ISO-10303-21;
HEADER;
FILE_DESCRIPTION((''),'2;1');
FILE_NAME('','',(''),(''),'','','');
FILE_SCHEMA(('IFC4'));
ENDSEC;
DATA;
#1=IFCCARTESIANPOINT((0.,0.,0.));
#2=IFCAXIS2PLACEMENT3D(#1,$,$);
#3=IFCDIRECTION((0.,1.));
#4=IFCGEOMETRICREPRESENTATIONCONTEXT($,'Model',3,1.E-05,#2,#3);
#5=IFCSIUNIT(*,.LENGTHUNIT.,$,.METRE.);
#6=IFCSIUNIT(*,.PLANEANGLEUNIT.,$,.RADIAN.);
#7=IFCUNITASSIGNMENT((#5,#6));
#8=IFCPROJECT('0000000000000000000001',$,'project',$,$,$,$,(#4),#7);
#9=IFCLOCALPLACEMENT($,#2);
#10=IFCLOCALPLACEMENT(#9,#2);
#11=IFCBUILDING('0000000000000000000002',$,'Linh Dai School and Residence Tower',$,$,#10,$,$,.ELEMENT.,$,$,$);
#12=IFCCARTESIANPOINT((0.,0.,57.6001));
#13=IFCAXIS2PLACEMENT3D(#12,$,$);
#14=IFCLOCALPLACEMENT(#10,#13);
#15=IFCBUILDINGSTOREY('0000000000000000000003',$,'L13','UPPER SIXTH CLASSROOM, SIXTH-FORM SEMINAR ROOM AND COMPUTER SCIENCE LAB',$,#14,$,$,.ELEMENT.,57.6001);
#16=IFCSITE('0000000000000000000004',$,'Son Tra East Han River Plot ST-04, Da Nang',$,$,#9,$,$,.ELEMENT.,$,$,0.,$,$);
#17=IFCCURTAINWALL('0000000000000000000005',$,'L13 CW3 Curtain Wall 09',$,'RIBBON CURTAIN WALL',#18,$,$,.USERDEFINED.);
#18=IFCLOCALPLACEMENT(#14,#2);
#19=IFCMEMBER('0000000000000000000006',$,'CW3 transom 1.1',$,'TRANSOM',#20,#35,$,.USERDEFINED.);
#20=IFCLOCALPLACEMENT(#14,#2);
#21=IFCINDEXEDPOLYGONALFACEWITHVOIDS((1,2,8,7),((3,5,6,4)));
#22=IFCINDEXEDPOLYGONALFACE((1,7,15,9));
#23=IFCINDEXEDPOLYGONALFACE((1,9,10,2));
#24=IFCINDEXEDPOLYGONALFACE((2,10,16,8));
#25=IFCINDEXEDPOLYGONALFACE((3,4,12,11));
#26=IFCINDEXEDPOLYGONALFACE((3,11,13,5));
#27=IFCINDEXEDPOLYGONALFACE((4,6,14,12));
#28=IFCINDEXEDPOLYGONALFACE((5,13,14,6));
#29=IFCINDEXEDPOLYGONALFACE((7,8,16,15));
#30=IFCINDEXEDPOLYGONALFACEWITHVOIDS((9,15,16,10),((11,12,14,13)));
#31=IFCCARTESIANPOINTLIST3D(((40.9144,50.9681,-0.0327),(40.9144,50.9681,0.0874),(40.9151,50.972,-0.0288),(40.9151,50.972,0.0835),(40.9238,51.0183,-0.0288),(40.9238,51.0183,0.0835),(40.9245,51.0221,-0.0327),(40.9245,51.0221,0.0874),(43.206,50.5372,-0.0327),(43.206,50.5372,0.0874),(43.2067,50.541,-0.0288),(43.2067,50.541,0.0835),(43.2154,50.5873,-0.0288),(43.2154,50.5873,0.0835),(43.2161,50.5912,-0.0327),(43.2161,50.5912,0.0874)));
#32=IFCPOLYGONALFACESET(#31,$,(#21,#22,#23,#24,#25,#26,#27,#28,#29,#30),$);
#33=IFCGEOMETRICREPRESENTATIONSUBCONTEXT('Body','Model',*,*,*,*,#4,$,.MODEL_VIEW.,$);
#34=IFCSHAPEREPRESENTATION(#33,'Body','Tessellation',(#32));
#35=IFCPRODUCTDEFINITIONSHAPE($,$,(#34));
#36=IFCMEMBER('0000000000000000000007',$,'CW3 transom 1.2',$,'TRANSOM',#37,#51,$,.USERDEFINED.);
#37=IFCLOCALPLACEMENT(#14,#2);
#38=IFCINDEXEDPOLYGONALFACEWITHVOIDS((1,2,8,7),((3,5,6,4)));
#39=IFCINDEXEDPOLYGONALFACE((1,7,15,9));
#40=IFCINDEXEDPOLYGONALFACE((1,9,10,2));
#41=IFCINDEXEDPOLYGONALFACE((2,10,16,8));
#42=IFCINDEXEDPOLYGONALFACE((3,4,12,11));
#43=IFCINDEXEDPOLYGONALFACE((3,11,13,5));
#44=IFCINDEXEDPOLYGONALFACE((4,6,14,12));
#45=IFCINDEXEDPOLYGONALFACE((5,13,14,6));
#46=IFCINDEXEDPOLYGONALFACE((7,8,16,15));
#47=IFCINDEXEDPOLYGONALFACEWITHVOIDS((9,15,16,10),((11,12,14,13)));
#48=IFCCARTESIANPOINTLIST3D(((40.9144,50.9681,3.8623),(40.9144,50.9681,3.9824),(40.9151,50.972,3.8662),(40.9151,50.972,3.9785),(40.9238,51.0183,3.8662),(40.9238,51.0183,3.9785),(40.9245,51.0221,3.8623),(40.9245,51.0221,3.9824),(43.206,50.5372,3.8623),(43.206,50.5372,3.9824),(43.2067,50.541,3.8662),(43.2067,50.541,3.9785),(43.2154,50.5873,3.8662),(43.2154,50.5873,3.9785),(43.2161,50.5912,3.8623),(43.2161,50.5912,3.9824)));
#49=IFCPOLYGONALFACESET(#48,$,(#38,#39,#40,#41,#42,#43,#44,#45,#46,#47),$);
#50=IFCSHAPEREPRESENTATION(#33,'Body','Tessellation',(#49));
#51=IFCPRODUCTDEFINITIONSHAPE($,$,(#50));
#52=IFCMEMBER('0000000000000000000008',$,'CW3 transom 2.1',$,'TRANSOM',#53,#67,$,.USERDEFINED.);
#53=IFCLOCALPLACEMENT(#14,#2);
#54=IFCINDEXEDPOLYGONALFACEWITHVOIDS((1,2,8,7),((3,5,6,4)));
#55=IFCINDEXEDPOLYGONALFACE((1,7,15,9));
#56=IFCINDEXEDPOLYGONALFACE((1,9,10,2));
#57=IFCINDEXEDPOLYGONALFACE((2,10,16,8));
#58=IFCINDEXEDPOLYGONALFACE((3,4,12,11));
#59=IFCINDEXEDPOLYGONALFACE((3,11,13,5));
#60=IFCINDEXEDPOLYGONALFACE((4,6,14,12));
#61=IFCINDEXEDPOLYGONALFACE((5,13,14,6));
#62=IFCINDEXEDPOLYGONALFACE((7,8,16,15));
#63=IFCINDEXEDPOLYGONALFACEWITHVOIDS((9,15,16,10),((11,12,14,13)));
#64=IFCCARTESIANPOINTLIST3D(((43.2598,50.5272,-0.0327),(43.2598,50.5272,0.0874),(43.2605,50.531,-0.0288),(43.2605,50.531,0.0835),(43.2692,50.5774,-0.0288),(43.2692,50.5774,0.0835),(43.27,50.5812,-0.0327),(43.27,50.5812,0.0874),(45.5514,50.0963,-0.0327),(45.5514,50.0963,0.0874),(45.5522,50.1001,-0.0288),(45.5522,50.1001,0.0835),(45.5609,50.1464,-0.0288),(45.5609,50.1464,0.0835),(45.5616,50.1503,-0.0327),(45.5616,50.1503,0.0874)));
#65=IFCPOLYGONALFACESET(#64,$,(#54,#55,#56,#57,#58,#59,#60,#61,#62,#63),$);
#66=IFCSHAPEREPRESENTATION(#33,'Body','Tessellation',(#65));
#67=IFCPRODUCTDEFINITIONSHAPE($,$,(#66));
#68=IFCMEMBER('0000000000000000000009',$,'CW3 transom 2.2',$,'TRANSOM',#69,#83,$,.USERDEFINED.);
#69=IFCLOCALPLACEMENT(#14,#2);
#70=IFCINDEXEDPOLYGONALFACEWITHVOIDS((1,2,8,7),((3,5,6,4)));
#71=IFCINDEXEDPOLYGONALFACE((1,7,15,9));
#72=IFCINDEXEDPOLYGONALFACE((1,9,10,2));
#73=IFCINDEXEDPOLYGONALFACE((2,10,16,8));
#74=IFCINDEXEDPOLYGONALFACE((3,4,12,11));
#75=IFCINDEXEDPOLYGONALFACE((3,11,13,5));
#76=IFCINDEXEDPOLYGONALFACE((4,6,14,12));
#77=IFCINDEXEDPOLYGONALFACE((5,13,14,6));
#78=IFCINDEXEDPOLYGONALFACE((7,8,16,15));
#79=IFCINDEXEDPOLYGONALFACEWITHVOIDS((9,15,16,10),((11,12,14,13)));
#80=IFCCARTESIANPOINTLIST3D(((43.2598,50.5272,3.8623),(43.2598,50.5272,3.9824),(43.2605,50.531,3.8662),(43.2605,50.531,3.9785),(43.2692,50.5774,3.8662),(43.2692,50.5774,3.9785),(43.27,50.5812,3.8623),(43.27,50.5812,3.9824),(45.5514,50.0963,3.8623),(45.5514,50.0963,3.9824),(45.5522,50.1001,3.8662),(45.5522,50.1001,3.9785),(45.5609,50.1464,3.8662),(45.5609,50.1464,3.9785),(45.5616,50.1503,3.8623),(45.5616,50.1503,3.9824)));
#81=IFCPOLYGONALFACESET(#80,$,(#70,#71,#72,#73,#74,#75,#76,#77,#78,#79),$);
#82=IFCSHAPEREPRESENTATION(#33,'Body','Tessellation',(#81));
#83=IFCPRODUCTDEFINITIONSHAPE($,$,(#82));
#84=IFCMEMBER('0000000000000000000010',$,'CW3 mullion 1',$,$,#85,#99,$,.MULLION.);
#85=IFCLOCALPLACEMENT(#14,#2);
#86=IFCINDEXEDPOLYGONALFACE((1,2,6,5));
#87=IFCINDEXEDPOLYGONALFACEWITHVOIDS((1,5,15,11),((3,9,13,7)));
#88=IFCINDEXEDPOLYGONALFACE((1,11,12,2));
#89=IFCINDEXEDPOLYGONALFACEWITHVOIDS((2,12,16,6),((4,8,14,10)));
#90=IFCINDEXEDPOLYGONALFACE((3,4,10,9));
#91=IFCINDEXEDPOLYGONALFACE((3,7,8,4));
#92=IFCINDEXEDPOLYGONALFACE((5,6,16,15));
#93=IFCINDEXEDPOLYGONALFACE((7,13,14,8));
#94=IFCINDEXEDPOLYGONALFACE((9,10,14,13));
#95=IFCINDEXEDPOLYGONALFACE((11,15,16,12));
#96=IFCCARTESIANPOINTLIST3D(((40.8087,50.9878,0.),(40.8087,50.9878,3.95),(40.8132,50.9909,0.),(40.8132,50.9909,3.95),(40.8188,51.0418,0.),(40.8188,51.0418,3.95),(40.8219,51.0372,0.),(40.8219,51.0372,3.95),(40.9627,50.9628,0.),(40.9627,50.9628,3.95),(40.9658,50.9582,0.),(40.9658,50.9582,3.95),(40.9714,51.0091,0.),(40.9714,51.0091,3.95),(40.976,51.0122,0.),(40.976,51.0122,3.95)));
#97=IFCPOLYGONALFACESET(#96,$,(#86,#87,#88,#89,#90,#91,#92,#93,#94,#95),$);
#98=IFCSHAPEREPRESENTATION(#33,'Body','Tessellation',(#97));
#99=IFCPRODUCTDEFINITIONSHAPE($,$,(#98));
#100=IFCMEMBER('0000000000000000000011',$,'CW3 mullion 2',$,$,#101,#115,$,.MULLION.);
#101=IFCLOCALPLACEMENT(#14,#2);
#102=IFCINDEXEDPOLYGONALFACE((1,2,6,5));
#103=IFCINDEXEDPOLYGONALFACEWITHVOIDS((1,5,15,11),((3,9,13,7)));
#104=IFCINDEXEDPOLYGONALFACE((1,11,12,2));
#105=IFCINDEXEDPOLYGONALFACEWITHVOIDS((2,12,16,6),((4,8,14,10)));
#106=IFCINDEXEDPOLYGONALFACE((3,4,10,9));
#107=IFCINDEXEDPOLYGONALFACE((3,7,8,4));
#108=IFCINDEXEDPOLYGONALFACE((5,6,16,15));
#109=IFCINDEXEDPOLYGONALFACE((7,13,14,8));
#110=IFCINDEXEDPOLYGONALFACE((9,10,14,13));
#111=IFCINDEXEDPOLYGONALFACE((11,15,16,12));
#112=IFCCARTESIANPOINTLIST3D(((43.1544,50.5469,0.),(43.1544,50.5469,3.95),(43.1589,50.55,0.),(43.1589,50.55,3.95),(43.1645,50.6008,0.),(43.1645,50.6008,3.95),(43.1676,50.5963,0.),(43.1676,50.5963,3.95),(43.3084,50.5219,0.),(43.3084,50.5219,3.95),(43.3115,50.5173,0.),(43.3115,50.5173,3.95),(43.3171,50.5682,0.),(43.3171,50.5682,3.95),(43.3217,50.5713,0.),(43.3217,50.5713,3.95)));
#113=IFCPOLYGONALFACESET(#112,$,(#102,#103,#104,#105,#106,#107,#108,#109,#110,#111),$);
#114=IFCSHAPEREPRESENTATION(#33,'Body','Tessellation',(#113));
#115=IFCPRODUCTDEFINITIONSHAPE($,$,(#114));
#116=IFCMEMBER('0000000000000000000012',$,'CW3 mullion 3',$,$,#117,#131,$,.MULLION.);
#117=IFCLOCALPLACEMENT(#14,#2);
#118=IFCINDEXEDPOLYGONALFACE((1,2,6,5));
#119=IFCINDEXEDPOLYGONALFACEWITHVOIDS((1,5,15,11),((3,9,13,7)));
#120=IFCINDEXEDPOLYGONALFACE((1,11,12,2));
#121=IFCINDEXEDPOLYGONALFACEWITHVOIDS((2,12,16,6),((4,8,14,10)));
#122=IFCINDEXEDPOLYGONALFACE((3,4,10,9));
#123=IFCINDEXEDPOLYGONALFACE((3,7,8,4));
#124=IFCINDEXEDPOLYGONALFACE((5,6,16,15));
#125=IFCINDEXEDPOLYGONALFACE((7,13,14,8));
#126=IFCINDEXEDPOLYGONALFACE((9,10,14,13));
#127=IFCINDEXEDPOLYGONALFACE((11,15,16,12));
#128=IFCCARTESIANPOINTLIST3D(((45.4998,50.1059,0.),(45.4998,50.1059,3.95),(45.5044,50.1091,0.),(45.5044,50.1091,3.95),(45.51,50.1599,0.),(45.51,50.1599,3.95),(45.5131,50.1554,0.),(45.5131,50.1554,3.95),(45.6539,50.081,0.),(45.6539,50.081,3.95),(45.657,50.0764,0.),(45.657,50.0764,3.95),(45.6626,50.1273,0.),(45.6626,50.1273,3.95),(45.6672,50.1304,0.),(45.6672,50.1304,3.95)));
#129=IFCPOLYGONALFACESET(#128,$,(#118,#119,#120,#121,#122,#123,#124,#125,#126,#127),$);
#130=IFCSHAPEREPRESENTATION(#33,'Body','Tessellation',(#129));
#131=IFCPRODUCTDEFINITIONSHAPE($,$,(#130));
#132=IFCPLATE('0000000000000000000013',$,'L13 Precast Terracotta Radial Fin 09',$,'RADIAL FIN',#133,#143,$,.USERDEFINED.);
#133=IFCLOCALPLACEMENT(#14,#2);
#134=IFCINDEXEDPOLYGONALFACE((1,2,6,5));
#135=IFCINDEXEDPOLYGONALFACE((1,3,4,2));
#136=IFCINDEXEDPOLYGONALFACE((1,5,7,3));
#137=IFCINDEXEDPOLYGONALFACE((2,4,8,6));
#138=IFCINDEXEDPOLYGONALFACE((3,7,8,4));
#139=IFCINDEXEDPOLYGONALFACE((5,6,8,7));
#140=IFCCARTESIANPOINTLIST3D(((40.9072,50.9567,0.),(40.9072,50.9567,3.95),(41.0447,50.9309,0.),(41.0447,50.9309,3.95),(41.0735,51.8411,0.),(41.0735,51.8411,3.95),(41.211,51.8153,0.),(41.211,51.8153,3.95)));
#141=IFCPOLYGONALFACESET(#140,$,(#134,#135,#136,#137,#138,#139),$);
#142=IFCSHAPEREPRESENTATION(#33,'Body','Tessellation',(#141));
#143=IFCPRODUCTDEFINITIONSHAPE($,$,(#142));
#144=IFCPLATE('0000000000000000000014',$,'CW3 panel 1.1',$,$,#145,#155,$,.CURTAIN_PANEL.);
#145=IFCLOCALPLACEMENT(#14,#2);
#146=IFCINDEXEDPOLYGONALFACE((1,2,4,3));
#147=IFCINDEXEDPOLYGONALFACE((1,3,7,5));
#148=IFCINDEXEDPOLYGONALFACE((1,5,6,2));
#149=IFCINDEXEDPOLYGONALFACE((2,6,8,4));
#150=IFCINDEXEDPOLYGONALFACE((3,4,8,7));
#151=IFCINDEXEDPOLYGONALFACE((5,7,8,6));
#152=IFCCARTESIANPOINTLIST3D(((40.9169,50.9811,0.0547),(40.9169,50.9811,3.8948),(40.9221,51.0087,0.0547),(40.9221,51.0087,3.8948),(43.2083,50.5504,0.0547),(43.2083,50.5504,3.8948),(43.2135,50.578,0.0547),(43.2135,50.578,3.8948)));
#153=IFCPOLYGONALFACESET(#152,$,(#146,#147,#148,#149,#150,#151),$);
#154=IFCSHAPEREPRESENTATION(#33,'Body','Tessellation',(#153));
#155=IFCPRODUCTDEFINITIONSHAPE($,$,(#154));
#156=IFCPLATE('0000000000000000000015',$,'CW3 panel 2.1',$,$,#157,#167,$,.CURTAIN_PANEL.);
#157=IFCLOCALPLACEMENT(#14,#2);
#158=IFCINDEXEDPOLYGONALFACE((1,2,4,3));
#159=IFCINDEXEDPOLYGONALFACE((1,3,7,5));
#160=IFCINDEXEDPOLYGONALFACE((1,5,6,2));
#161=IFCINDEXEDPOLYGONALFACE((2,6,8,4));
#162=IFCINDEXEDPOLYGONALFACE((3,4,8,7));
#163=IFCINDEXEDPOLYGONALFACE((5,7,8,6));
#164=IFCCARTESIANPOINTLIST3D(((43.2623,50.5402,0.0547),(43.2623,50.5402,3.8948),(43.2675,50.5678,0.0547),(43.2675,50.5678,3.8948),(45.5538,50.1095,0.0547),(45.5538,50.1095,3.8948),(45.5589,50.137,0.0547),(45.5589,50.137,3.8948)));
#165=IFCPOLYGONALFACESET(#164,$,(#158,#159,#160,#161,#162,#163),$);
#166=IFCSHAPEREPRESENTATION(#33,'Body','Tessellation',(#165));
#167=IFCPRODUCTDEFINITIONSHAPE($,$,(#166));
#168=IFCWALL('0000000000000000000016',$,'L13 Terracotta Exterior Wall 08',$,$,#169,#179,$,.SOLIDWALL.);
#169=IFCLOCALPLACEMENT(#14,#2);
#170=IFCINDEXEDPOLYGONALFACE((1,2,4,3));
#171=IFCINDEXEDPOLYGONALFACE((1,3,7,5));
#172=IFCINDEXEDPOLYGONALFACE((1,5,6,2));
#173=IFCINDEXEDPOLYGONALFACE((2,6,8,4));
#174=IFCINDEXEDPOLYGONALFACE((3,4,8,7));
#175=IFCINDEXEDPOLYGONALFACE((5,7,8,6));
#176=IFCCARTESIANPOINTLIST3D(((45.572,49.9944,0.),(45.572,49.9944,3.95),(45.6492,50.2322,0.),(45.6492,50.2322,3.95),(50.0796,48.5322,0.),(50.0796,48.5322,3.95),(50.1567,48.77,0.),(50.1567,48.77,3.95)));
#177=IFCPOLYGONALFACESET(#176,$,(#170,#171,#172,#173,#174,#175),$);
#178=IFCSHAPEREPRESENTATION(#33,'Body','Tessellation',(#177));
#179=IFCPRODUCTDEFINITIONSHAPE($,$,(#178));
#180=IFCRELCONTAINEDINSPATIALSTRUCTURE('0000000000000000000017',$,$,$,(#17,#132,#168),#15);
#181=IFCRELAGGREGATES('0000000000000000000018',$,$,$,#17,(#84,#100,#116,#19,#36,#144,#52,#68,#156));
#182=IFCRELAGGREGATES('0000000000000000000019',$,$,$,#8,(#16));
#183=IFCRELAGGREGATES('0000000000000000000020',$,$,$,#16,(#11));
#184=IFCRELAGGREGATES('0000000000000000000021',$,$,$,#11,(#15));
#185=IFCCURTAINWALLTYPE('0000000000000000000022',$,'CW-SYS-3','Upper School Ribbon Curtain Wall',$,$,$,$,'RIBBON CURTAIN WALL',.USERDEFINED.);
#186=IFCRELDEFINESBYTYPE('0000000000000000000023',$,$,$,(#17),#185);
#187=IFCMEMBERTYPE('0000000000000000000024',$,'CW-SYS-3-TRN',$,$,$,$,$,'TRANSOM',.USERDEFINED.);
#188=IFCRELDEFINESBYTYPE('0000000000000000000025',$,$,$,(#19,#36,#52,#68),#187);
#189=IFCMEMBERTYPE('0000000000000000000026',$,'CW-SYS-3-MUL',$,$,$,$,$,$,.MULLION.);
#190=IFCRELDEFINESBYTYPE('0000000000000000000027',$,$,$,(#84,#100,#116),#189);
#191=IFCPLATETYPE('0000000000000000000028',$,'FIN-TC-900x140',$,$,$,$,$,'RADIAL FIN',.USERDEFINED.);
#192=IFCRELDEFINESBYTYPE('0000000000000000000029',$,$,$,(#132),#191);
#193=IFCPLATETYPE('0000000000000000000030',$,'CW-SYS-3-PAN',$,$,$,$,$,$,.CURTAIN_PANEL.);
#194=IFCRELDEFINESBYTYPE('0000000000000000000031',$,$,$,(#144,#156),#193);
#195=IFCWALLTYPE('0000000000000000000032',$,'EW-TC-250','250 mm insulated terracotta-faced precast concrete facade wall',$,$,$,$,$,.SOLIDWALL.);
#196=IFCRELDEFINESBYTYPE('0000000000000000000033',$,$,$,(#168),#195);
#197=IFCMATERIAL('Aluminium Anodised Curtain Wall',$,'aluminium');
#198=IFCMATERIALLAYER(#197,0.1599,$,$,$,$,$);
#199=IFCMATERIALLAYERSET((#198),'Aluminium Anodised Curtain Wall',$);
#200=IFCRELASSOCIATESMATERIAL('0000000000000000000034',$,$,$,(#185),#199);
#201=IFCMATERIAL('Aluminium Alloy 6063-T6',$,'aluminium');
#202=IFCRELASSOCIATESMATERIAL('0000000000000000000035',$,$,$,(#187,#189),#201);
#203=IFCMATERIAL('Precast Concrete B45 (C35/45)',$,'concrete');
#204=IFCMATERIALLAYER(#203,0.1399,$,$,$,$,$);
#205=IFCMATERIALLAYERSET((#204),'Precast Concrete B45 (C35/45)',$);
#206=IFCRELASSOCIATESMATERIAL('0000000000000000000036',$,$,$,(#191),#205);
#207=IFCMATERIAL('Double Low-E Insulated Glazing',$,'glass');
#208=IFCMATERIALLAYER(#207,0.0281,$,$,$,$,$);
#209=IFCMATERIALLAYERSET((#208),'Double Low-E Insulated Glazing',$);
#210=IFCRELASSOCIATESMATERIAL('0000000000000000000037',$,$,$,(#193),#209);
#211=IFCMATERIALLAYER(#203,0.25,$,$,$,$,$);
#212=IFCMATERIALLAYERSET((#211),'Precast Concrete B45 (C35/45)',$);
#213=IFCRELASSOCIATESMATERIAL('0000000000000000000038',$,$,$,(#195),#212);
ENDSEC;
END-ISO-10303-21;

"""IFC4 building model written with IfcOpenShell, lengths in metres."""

from ifc_helpers import new_model, si_unit, direction, frame, frame_2d, origin, origin_2d, place, context, subcontext, project, spatial, rectangle, hollow_rectangle, extrude, source, transform, mapped, material, layer, layer_set, material_profile, profile_set, type_object, element, aggregate, save


model = new_model("IFC4")

# Units and contexts
model_context = context("Model", 3, precision=1e-05, world=origin(), true_north=direction((0.0, 1.0)))
body_context = subcontext(model_context, "Body", "Model", "MODEL_VIEW")
ifc_project = project(units=[si_unit("LENGTHUNIT", "METRE"), si_unit("PLANEANGLEUNIT", "RADIAN")], contexts=[model_context])

# Site, building, storey
site_placement = place(None, origin())
site = spatial("IfcSite", under=ifc_project, at=site_placement, Name="Son Tra East Han River Plot ST-04, Da Nang", CompositionType="ELEMENT", RefElevation=0.0)
building_placement = place(site_placement, origin())
building = spatial("IfcBuilding", under=site, at=building_placement, Name="Linh Dai School and Residence Tower", CompositionType="ELEMENT")
storey_placement = place(building_placement, frame((0.0, 0.0, 57.6001)))
storey = spatial("IfcBuildingStorey", under=building, at=storey_placement, Name="L13", Description="UPPER SIXTH CLASSROOM, SIXTH-FORM SEMINAR ROOM AND COMPUTER SCIENCE LAB", CompositionType="ELEMENT", Elevation=57.6001)

# Curtain wall, members
ifc_material_1 = material(Name="Aluminium Anodised Curtain Wall", Category="aluminium")
ifc_layer_1 = layer(ifc_material_1, 0.1599)
ifc_layer_set_1 = layer_set([ifc_layer_1], Name="Aluminium Anodised Curtain Wall")
curtain_wall_type = type_object("IfcCurtainWallType", Name="CW-SYS-3", Description="Upper School Ribbon Curtain Wall", ElementType="RIBBON CURTAIN WALL", PredefinedType="USERDEFINED", material=ifc_layer_set_1)
curtain_wall_placement = place(storey_placement, origin())
curtain_wall = element("IfcCurtainWall", 1, at=curtain_wall_placement, inside=storey, type_object=curtain_wall_type, Name="L13 CW3 Curtain Wall 09", ObjectType="RIBBON CURTAIN WALL", PredefinedType="USERDEFINED")
ifc_material_2 = material(Name="Aluminium Alloy 6063-T6", Category="aluminium")
ifc_material_profile_1 = material_profile(ifc_material_2, hollow_rectangle(XDim=0.0549, YDim=0.1201, WallThickness=0.0039, at=origin_2d()), Name="RHS 120x55x4")
ifc_profile_set_1 = profile_set([ifc_material_profile_1], Name="Aluminium Alloy 6063-T6")
member_type_1 = type_object("IfcMemberType", Name="CW-SYS-3-TRN", ElementType="TRANSOM", PredefinedType="USERDEFINED", material=ifc_profile_set_1)
shared_shape_1 = source(origin(), body_context, "Body", "SweptSolid", [
    extrude(hollow_rectangle(XDim=0.0549, YDim=0.1201, WallThickness=0.0039, at=origin_2d()), origin(), (0.0, 0.0, 1.0), 2.3318),
])
member_1_placement = place(storey_placement, frame((40.9194, 50.9951, 0.0273), z_axis=(0.982775, -0.184807, 0.0), x_axis=(0.184807, 0.982775, 0.0)))
member_1 = element("IfcMember", 2, at=member_1_placement, type_object=member_type_1, Name="CW3 transom 1.1", ObjectType="TRANSOM", PredefinedType="USERDEFINED", context=body_context, shape_type="MappedRepresentation", body=[
    mapped(shared_shape_1, transform((0.0, 0.0, 0.0), x_axis=(1.0, 0.0, 0.0), y_axis=(0.0, 1.0, 0.0), z_axis=(0.0, 0.0, 1.0), scale=1.0)),
])
member_2_placement = place(storey_placement, frame((40.9194, 50.9951, 3.9224), z_axis=(0.982775, -0.184807, 0.0), x_axis=(0.184807, 0.982775, 0.0)))
member_2 = element("IfcMember", 3, at=member_2_placement, type_object=member_type_1, Name="CW3 transom 1.2", ObjectType="TRANSOM", PredefinedType="USERDEFINED", context=body_context, shape_type="MappedRepresentation", body=[
    mapped(shared_shape_1, transform((0.0, 0.0, 0.0), x_axis=(1.0, 0.0, 0.0), y_axis=(0.0, 1.0, 0.0), z_axis=(0.0, 0.0, 1.0), scale=1.0)),
])
member_3_placement = place(storey_placement, frame((43.2649, 50.5542, 0.0273), z_axis=(0.982775, -0.184807, 0.0), x_axis=(0.184807, 0.982775, 0.0)))
member_3 = element("IfcMember", 4, at=member_3_placement, type_object=member_type_1, Name="CW3 transom 2.1", ObjectType="TRANSOM", PredefinedType="USERDEFINED", context=body_context, shape_type="MappedRepresentation", body=[
    mapped(shared_shape_1, transform((0.0, 0.0, 0.0), x_axis=(1.0, 0.0, 0.0), y_axis=(0.0, 1.0, 0.0), z_axis=(0.0, 0.0, 1.0), scale=1.0)),
])
member_4_placement = place(storey_placement, frame((43.2649, 50.5542, 3.9224), z_axis=(0.982775, -0.184807, 0.0), x_axis=(0.184807, 0.982775, 0.0)))
member_4 = element("IfcMember", 5, at=member_4_placement, type_object=member_type_1, Name="CW3 transom 2.2", ObjectType="TRANSOM", PredefinedType="USERDEFINED", context=body_context, shape_type="MappedRepresentation", body=[
    mapped(shared_shape_1, transform((0.0, 0.0, 0.0), x_axis=(1.0, 0.0, 0.0), y_axis=(0.0, 1.0, 0.0), z_axis=(0.0, 0.0, 1.0), scale=1.0)),
])
ifc_material_profile_2 = material_profile(ifc_material_2, hollow_rectangle(XDim=0.0549, YDim=0.1599, WallThickness=0.0039, at=origin_2d()), Name="RHS 160x55x4")
ifc_profile_set_2 = profile_set([ifc_material_profile_2], Name="Aluminium Alloy 6063-T6")
member_type_2 = type_object("IfcMemberType", Name="CW-SYS-3-MUL", PredefinedType="MULLION", material=ifc_profile_set_2)
shared_shape_2 = source(origin(), body_context, "Body", "SweptSolid", [
    extrude(hollow_rectangle(XDim=0.0549, YDim=0.1599, WallThickness=0.0039, at=origin_2d()), origin(), (0.0, 0.0, 1.0), 3.95),
])
member_5_placement = place(storey_placement, frame((40.8923, 51.0, 0.0), z_axis=(0.0, 0.0, 1.0), x_axis=(0.184748, 0.982786, 0.0)))
member_5 = element("IfcMember", 6, at=member_5_placement, type_object=member_type_2, Name="CW3 mullion 1", PredefinedType="MULLION", context=body_context, shape_type="MappedRepresentation", body=[
    mapped(shared_shape_2, transform((0.0, 0.0, 0.0), x_axis=(1.0, 0.0, 0.0), y_axis=(0.0, 1.0, 0.0), z_axis=(0.0, 0.0, 1.0), scale=1.0)),
])
member_6_placement = place(storey_placement, frame((43.238, 50.5591, 0.0), z_axis=(0.0, 0.0, 1.0), x_axis=(0.184748, 0.982786, 0.0)))
member_6 = element("IfcMember", 7, at=member_6_placement, type_object=member_type_2, Name="CW3 mullion 2", PredefinedType="MULLION", context=body_context, shape_type="MappedRepresentation", body=[
    mapped(shared_shape_2, transform((0.0, 0.0, 0.0), x_axis=(1.0, 0.0, 0.0), y_axis=(0.0, 1.0, 0.0), z_axis=(0.0, 0.0, 1.0), scale=1.0)),
])
member_7_placement = place(storey_placement, frame((45.5835, 50.1182, 0.0), z_axis=(0.0, 0.0, 1.0), x_axis=(0.184748, 0.982786, 0.0)))
member_7 = element("IfcMember", 8, at=member_7_placement, type_object=member_type_2, Name="CW3 mullion 3", PredefinedType="MULLION", context=body_context, shape_type="MappedRepresentation", body=[
    mapped(shared_shape_2, transform((0.0, 0.0, 0.0), x_axis=(1.0, 0.0, 0.0), y_axis=(0.0, 1.0, 0.0), z_axis=(0.0, 0.0, 1.0), scale=1.0)),
])

# Plates
ifc_material_3 = material(Name="Precast Concrete B45 (C35/45)", Category="concrete")
ifc_layer_2 = layer(ifc_material_3, 0.1399)
ifc_layer_set_2 = layer_set([ifc_layer_2], Name="Precast Concrete B45 (C35/45)")
plate_type_1 = type_object("IfcPlateType", Name="FIN-TC-900x140", ElementType="RADIAL FIN", PredefinedType="USERDEFINED", material=ifc_layer_set_2)
shared_shape_3 = source(origin(), body_context, "Body", "SweptSolid", [
    extrude(rectangle(XDim=0.8999, YDim=0.1399, at=origin_2d()), origin(), (0.0, 0.0, 1.0), 3.95),
])
plate_1_placement = place(storey_placement, frame((41.0591, 51.386, 0.0), z_axis=(0.0, 0.0, 1.0), x_axis=(0.184748, 0.982786, 0.0)))
element("IfcPlate", 9, at=plate_1_placement, inside=storey, type_object=plate_type_1, Name="L13 Precast Terracotta Radial Fin 09", ObjectType="RADIAL FIN", PredefinedType="USERDEFINED", context=body_context, shape_type="MappedRepresentation", body=[
    mapped(shared_shape_3, transform((0.0, 0.0, 0.0), x_axis=(1.0, 0.0, 0.0), y_axis=(0.0, 1.0, 0.0), z_axis=(0.0, 0.0, 1.0), scale=1.0)),
])
ifc_material_4 = material(Name="Double Low-E Insulated Glazing", Category="glass")
ifc_layer_3 = layer(ifc_material_4, 0.0281)
ifc_layer_set_3 = layer_set([ifc_layer_3], Name="Double Low-E Insulated Glazing")
plate_type_2 = type_object("IfcPlateType", Name="CW-SYS-3-PAN", PredefinedType="CURTAIN_PANEL", material=ifc_layer_set_3)
shared_shape_4 = source(origin(), body_context, "Body", "SweptSolid", [
    extrude(rectangle(XDim=2.3315, YDim=0.0281, at=origin_2d()), origin(), (0.0, 0.0, 1.0), 3.8401),
])
plate_2_placement = place(storey_placement, frame((42.0652, 50.7795, 0.0547), z_axis=(0.0, 0.0, 1.0), x_axis=(0.982786, -0.184748, 0.0)))
plate_2 = element("IfcPlate", 10, at=plate_2_placement, type_object=plate_type_2, Name="CW3 panel 1.1", PredefinedType="CURTAIN_PANEL", context=body_context, shape_type="MappedRepresentation", body=[
    mapped(shared_shape_4, transform((0.0, 0.0, 0.0), x_axis=(1.0, 0.0, 0.0), y_axis=(0.0, 1.0, 0.0), z_axis=(0.0, 0.0, 1.0), scale=1.0)),
])
plate_3_placement = place(storey_placement, frame((44.4106, 50.3386, 0.0547), z_axis=(0.0, 0.0, 1.0), x_axis=(0.982786, -0.184748, 0.0)))
plate_3 = element("IfcPlate", 11, at=plate_3_placement, type_object=plate_type_2, Name="CW3 panel 2.1", PredefinedType="CURTAIN_PANEL", context=body_context, shape_type="MappedRepresentation", body=[
    mapped(shared_shape_4, transform((0.0, 0.0, 0.0), x_axis=(1.0, 0.0, 0.0), y_axis=(0.0, 1.0, 0.0), z_axis=(0.0, 0.0, 1.0), scale=1.0)),
])
aggregate(curtain_wall, [member_5, member_6, member_7, member_1, member_2, plate_2, member_3, member_4, plate_3])

# Wall
ifc_layer_4 = layer(ifc_material_3, 0.25)
ifc_layer_set_4 = layer_set([ifc_layer_4], Name="Precast Concrete B45 (C35/45)")
wall_type_1 = type_object("IfcWallType", Name="EW-TC-250", Description="250 mm insulated terracotta-faced precast concrete facade wall", PredefinedType="SOLIDWALL", material=ifc_layer_set_4)
wall_1_placement = place(storey_placement, frame((45.6106, 50.1133, 0.0), z_axis=(0.0, 0.0, 1.0), x_axis=(0.951208, -0.308551, 0.0)))
element("IfcWall", 12, at=wall_1_placement, inside=storey, type_object=wall_type_1, Name="L13 Terracotta Exterior Wall 08", PredefinedType="SOLIDWALL", context=body_context, shape_type="SweptSolid", body=[
    extrude(rectangle(XDim=4.7388, YDim=0.25, at=frame_2d((2.3694, 0.0))), origin(), (0.0, 0.0, 1.0), 3.95),
])

save(model, "model.ifc")
